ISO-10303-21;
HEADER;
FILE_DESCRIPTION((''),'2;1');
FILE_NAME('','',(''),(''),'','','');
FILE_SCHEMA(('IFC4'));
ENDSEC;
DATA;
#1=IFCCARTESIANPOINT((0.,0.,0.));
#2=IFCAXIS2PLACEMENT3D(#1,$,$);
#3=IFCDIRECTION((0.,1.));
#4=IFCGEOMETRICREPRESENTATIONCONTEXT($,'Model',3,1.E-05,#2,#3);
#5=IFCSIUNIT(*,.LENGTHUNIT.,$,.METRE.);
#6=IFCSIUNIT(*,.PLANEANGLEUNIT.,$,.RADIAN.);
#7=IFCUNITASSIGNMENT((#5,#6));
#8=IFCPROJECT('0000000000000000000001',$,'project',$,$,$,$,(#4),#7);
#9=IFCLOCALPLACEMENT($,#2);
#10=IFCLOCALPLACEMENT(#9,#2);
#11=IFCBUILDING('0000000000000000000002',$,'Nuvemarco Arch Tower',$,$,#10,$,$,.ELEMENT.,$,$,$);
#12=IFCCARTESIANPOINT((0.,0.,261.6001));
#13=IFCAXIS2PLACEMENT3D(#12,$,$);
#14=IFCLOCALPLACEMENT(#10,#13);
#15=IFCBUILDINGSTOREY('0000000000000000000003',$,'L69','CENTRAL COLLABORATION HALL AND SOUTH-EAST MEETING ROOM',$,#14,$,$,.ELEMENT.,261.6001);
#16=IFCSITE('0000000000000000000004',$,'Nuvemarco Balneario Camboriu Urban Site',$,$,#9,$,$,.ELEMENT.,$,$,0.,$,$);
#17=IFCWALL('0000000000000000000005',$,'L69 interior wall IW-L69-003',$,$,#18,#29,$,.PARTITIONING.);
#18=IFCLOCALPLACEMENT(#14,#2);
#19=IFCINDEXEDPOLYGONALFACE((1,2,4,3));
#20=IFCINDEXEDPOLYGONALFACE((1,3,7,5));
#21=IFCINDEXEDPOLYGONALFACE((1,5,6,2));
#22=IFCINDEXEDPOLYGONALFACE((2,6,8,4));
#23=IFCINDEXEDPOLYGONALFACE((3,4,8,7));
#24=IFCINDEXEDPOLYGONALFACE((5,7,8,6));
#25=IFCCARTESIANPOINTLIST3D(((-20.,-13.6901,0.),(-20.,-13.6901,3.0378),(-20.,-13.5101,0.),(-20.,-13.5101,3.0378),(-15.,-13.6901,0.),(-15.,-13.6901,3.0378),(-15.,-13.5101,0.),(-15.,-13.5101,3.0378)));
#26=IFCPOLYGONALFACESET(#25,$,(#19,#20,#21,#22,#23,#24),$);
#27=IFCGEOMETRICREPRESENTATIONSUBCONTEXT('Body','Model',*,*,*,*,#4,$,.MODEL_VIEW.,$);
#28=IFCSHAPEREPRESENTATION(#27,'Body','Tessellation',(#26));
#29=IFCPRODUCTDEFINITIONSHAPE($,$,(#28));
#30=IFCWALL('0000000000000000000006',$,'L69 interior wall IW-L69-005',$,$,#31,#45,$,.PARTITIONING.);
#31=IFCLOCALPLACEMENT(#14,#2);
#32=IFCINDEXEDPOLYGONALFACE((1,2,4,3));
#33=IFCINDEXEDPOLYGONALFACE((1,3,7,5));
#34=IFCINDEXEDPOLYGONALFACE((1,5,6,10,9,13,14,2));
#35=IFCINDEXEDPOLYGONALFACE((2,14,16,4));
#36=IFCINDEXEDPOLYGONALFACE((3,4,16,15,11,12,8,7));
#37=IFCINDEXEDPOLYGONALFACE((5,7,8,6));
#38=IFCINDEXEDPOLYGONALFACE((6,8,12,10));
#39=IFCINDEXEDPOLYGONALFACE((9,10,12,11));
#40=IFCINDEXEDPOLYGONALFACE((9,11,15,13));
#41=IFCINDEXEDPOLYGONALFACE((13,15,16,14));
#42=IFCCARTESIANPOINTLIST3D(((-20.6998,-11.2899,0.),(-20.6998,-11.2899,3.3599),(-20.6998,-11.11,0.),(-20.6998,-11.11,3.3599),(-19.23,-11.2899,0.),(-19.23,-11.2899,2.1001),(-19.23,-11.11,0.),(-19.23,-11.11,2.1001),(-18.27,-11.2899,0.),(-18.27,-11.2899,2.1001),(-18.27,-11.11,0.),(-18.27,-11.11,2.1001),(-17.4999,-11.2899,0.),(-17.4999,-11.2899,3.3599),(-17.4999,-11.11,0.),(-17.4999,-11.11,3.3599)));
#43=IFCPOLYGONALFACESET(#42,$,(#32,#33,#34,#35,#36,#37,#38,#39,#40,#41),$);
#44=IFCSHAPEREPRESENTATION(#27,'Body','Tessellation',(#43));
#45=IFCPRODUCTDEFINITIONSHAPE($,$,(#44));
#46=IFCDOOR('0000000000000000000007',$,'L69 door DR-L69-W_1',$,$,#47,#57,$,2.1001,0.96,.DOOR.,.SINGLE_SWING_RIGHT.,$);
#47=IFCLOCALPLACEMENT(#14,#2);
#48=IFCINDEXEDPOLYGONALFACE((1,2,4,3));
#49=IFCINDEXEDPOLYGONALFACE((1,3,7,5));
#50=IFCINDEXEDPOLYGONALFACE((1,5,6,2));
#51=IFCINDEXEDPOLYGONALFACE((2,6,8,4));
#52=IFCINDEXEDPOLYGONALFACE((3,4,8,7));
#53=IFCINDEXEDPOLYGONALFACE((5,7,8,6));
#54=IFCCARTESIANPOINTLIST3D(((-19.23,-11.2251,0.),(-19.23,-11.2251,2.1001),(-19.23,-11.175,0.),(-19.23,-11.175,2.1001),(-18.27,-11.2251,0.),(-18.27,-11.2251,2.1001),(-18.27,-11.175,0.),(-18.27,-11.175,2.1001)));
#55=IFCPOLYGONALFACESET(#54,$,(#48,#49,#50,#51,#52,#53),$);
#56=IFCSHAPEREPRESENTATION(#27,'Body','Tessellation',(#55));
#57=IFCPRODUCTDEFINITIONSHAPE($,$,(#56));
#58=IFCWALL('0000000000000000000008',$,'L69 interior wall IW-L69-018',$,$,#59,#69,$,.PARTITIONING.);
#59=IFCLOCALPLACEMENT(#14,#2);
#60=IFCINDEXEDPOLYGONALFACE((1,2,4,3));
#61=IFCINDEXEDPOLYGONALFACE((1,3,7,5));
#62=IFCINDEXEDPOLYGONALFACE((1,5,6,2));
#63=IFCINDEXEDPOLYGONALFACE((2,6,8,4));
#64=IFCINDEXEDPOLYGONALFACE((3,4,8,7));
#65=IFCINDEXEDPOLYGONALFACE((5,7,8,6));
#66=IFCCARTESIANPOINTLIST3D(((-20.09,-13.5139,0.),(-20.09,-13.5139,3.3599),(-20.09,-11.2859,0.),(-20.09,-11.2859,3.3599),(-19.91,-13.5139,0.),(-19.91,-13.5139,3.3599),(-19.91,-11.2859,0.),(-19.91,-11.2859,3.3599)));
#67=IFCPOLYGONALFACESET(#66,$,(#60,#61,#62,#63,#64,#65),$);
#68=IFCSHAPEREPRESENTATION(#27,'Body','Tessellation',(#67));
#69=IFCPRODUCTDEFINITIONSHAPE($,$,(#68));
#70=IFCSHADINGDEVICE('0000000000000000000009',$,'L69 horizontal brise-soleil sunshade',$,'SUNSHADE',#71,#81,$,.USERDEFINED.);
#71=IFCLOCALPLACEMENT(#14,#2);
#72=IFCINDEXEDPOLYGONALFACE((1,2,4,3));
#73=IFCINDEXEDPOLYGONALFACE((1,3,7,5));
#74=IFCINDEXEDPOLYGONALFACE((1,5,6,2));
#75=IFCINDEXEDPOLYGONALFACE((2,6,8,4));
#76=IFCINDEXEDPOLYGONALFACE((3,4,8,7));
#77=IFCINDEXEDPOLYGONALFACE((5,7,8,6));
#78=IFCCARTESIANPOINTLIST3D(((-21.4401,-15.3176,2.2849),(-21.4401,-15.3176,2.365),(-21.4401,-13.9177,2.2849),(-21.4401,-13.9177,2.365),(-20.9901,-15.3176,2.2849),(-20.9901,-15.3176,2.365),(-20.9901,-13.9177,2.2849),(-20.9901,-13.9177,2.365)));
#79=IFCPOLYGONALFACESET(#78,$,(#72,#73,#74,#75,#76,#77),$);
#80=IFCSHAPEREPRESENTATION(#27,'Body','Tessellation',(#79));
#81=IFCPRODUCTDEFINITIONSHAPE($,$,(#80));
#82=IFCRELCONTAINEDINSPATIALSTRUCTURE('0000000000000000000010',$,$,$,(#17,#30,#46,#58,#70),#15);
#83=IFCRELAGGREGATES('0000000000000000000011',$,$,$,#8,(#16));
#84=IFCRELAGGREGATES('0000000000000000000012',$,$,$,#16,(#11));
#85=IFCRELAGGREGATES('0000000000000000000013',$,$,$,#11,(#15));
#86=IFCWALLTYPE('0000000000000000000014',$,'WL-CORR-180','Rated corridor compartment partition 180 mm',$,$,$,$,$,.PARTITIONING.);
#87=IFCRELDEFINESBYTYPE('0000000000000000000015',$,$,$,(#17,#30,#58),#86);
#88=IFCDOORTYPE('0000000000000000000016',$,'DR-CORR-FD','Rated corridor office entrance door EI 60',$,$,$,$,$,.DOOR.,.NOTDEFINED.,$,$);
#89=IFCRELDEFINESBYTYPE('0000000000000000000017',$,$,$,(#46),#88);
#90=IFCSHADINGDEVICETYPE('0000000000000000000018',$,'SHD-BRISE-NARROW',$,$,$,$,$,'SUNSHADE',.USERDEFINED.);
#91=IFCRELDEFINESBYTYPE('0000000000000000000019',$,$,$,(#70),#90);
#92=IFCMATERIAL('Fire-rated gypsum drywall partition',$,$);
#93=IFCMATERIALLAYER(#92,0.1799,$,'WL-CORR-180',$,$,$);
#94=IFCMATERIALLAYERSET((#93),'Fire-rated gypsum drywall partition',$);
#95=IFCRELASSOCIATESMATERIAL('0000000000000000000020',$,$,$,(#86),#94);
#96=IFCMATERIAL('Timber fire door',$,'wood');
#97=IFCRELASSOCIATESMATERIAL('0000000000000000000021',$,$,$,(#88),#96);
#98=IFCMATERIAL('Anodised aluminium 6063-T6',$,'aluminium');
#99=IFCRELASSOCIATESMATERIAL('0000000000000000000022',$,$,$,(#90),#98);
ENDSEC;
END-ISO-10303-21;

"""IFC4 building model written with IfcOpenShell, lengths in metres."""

from ifc_helpers import new_model, si_unit, direction, frame, frame_2d, origin, origin_2d, place, context, subcontext, project, spatial, rectangle, extrude, source, transform, mapped, material, layer, layer_set, type_object, type_shapes, element, fill, save


model = new_model("IFC4")

# Units and contexts
model_context = context("Model", 3, precision=1e-05, world=origin(), true_north=direction((0.0, 1.0)))
body_context = subcontext(model_context, "Body", "Model", "MODEL_VIEW")
ifc_project = project(units=[si_unit("LENGTHUNIT", "METRE"), si_unit("PLANEANGLEUNIT", "RADIAN")], contexts=[model_context])

# Site, building, storey
site_placement = place(None, origin())
site = spatial("IfcSite", under=ifc_project, at=site_placement, Name="Nuvemarco Balneario Camboriu Urban Site", CompositionType="ELEMENT", RefElevation=0.0)
building_placement = place(site_placement, origin())
building = spatial("IfcBuilding", under=site, at=building_placement, Name="Nuvemarco Arch Tower", CompositionType="ELEMENT")
storey_placement = place(building_placement, frame((0.0, 0.0, 261.6001)))
storey = spatial("IfcBuildingStorey", under=building, at=storey_placement, Name="L69", Description="CENTRAL COLLABORATION HALL AND SOUTH-EAST MEETING ROOM", CompositionType="ELEMENT", Elevation=261.6001)

# Wall
ifc_material_1 = material(Name="Fire-rated gypsum drywall partition")
ifc_layer = layer(ifc_material_1, 0.1799, Name="WL-CORR-180")
ifc_layer_set = layer_set([ifc_layer], Name="Fire-rated gypsum drywall partition")
wall_type = type_object("IfcWallType", Name="WL-CORR-180", Description="Rated corridor compartment partition 180 mm", PredefinedType="PARTITIONING", material=ifc_layer_set)
wall_1_placement = place(storey_placement, frame((-20.0, -13.6001, 0.0), z_axis=(0.0, 0.0, 1.0), x_axis=(1.0, 0.0, 0.0)))
element("IfcWall", 1, at=wall_1_placement, inside=storey, type_object=wall_type, Name="L69 interior wall IW-L69-003", PredefinedType="PARTITIONING", context=body_context, shape_type="SweptSolid", body=[
    extrude(rectangle(XDim=5.0, YDim=0.1799, at=frame_2d((2.5, 0.0))), origin(), (0.0, 0.0, 1.0), 3.0378),
])

# Wall, opening, door
wall_2_placement = place(storey_placement, frame((-20.7, -11.2, 0.0), z_axis=(0.0, 0.0, 1.0), x_axis=(1.0, 0.0, 0.0)))
wall_2 = element("IfcWall", 2, at=wall_2_placement, inside=storey, type_object=wall_type, Name="L69 interior wall IW-L69-005", PredefinedType="PARTITIONING", context=body_context, shape_type="SweptSolid", body=[
    extrude(rectangle(XDim=3.2, YDim=0.1799, at=frame_2d((1.6001, 0.0))), origin(), (0.0, 0.0, 1.0), 3.3599),
])
opening_placement = place(wall_2_placement, frame((1.47, 0.0, 0.0)))
opening = element("IfcOpeningElement", 3, at=opening_placement, cuts=wall_2, PredefinedType="OPENING", context=body_context, shape_type="SweptSolid", body=[
    extrude(rectangle(XDim=0.96, YDim=2.1001, at=frame_2d((0.48, 1.05))), frame((0.0, 0.0999, 0.0), z_axis=(0.0, -1.0, 0.0), x_axis=(1.0, 0.0, 0.0)), (0.0, 0.0, 1.0), 0.2),
])
ifc_material_2 = material(Name="Timber fire door", Category="wood")
door_type = type_object("IfcDoorType", Name="DR-CORR-FD", Description="Rated corridor office entrance door EI 60", OperationType="NOTDEFINED", PredefinedType="DOOR", material=ifc_material_2)
shared_shape_1 = source(origin(), body_context, "Body", "SweptSolid", [
    extrude(rectangle(XDim=0.96, YDim=2.1001, at=frame_2d((0.48, 1.05))), frame((0.0, 0.0249, 0.0), z_axis=(0.0, -1.0, 0.0), x_axis=(1.0, 0.0, 0.0)), (0.0, 0.0, 1.0), 0.05),
])
type_shapes(door_type, [shared_shape_1])
door_placement = place(opening_placement, origin())
door = element("IfcDoor", 4, at=door_placement, inside=storey, type_object=door_type, Name="L69 door DR-L69-W_1", OperationType="SINGLE_SWING_RIGHT", OverallHeight=2.1001, OverallWidth=0.96, PredefinedType="DOOR", context=body_context, shape_type="MappedRepresentation", body=[
    mapped(shared_shape_1, transform((0.0, 0.0, 0.0), scale=1.0)),
])
fill(opening, door)

# Wall
wall_3_placement = place(storey_placement, frame((-20.0, -13.5139, 0.0), z_axis=(0.0, 0.0, 1.0), x_axis=(0.0, 1.0, 0.0)))
element("IfcWall", 5, at=wall_3_placement, inside=storey, type_object=wall_type, Name="L69 interior wall IW-L69-018", PredefinedType="PARTITIONING", context=body_context, shape_type="SweptSolid", body=[
    extrude(rectangle(XDim=2.228, YDim=0.1799, at=frame_2d((1.114, 0.0))), origin(), (0.0, 0.0, 1.0), 3.3599),
])

# Shading device
ifc_material_3 = material(Name="Anodised aluminium 6063-T6", Category="aluminium")
shading_device_type = type_object("IfcShadingDeviceType", Name="SHD-BRISE-NARROW", ElementType="SUNSHADE", PredefinedType="USERDEFINED", material=ifc_material_3)
shared_shape_2 = source(origin(), body_context, "Body", "SweptSolid", [
    extrude(rectangle(XDim=1.3999, YDim=0.45, at=origin_2d()), origin(), (0.0, 0.0, 1.0), 0.0801),
])
type_shapes(shading_device_type, [shared_shape_2])
shading_device_placement = place(storey_placement, frame((-21.2151, -14.6177, 2.2849), z_axis=(0.0, 0.0, 1.0), x_axis=(0.0, 1.0, 0.0)))
element("IfcShadingDevice", 6, at=shading_device_placement, inside=storey, type_object=shading_device_type, Name="L69 horizontal brise-soleil sunshade", ObjectType="SUNSHADE", PredefinedType="USERDEFINED", context=body_context, shape_type="MappedRepresentation", body=[
    mapped(shared_shape_2, transform((0.0, 0.0, 0.0), scale=1.0)),
])

save(model, "model.ifc")
